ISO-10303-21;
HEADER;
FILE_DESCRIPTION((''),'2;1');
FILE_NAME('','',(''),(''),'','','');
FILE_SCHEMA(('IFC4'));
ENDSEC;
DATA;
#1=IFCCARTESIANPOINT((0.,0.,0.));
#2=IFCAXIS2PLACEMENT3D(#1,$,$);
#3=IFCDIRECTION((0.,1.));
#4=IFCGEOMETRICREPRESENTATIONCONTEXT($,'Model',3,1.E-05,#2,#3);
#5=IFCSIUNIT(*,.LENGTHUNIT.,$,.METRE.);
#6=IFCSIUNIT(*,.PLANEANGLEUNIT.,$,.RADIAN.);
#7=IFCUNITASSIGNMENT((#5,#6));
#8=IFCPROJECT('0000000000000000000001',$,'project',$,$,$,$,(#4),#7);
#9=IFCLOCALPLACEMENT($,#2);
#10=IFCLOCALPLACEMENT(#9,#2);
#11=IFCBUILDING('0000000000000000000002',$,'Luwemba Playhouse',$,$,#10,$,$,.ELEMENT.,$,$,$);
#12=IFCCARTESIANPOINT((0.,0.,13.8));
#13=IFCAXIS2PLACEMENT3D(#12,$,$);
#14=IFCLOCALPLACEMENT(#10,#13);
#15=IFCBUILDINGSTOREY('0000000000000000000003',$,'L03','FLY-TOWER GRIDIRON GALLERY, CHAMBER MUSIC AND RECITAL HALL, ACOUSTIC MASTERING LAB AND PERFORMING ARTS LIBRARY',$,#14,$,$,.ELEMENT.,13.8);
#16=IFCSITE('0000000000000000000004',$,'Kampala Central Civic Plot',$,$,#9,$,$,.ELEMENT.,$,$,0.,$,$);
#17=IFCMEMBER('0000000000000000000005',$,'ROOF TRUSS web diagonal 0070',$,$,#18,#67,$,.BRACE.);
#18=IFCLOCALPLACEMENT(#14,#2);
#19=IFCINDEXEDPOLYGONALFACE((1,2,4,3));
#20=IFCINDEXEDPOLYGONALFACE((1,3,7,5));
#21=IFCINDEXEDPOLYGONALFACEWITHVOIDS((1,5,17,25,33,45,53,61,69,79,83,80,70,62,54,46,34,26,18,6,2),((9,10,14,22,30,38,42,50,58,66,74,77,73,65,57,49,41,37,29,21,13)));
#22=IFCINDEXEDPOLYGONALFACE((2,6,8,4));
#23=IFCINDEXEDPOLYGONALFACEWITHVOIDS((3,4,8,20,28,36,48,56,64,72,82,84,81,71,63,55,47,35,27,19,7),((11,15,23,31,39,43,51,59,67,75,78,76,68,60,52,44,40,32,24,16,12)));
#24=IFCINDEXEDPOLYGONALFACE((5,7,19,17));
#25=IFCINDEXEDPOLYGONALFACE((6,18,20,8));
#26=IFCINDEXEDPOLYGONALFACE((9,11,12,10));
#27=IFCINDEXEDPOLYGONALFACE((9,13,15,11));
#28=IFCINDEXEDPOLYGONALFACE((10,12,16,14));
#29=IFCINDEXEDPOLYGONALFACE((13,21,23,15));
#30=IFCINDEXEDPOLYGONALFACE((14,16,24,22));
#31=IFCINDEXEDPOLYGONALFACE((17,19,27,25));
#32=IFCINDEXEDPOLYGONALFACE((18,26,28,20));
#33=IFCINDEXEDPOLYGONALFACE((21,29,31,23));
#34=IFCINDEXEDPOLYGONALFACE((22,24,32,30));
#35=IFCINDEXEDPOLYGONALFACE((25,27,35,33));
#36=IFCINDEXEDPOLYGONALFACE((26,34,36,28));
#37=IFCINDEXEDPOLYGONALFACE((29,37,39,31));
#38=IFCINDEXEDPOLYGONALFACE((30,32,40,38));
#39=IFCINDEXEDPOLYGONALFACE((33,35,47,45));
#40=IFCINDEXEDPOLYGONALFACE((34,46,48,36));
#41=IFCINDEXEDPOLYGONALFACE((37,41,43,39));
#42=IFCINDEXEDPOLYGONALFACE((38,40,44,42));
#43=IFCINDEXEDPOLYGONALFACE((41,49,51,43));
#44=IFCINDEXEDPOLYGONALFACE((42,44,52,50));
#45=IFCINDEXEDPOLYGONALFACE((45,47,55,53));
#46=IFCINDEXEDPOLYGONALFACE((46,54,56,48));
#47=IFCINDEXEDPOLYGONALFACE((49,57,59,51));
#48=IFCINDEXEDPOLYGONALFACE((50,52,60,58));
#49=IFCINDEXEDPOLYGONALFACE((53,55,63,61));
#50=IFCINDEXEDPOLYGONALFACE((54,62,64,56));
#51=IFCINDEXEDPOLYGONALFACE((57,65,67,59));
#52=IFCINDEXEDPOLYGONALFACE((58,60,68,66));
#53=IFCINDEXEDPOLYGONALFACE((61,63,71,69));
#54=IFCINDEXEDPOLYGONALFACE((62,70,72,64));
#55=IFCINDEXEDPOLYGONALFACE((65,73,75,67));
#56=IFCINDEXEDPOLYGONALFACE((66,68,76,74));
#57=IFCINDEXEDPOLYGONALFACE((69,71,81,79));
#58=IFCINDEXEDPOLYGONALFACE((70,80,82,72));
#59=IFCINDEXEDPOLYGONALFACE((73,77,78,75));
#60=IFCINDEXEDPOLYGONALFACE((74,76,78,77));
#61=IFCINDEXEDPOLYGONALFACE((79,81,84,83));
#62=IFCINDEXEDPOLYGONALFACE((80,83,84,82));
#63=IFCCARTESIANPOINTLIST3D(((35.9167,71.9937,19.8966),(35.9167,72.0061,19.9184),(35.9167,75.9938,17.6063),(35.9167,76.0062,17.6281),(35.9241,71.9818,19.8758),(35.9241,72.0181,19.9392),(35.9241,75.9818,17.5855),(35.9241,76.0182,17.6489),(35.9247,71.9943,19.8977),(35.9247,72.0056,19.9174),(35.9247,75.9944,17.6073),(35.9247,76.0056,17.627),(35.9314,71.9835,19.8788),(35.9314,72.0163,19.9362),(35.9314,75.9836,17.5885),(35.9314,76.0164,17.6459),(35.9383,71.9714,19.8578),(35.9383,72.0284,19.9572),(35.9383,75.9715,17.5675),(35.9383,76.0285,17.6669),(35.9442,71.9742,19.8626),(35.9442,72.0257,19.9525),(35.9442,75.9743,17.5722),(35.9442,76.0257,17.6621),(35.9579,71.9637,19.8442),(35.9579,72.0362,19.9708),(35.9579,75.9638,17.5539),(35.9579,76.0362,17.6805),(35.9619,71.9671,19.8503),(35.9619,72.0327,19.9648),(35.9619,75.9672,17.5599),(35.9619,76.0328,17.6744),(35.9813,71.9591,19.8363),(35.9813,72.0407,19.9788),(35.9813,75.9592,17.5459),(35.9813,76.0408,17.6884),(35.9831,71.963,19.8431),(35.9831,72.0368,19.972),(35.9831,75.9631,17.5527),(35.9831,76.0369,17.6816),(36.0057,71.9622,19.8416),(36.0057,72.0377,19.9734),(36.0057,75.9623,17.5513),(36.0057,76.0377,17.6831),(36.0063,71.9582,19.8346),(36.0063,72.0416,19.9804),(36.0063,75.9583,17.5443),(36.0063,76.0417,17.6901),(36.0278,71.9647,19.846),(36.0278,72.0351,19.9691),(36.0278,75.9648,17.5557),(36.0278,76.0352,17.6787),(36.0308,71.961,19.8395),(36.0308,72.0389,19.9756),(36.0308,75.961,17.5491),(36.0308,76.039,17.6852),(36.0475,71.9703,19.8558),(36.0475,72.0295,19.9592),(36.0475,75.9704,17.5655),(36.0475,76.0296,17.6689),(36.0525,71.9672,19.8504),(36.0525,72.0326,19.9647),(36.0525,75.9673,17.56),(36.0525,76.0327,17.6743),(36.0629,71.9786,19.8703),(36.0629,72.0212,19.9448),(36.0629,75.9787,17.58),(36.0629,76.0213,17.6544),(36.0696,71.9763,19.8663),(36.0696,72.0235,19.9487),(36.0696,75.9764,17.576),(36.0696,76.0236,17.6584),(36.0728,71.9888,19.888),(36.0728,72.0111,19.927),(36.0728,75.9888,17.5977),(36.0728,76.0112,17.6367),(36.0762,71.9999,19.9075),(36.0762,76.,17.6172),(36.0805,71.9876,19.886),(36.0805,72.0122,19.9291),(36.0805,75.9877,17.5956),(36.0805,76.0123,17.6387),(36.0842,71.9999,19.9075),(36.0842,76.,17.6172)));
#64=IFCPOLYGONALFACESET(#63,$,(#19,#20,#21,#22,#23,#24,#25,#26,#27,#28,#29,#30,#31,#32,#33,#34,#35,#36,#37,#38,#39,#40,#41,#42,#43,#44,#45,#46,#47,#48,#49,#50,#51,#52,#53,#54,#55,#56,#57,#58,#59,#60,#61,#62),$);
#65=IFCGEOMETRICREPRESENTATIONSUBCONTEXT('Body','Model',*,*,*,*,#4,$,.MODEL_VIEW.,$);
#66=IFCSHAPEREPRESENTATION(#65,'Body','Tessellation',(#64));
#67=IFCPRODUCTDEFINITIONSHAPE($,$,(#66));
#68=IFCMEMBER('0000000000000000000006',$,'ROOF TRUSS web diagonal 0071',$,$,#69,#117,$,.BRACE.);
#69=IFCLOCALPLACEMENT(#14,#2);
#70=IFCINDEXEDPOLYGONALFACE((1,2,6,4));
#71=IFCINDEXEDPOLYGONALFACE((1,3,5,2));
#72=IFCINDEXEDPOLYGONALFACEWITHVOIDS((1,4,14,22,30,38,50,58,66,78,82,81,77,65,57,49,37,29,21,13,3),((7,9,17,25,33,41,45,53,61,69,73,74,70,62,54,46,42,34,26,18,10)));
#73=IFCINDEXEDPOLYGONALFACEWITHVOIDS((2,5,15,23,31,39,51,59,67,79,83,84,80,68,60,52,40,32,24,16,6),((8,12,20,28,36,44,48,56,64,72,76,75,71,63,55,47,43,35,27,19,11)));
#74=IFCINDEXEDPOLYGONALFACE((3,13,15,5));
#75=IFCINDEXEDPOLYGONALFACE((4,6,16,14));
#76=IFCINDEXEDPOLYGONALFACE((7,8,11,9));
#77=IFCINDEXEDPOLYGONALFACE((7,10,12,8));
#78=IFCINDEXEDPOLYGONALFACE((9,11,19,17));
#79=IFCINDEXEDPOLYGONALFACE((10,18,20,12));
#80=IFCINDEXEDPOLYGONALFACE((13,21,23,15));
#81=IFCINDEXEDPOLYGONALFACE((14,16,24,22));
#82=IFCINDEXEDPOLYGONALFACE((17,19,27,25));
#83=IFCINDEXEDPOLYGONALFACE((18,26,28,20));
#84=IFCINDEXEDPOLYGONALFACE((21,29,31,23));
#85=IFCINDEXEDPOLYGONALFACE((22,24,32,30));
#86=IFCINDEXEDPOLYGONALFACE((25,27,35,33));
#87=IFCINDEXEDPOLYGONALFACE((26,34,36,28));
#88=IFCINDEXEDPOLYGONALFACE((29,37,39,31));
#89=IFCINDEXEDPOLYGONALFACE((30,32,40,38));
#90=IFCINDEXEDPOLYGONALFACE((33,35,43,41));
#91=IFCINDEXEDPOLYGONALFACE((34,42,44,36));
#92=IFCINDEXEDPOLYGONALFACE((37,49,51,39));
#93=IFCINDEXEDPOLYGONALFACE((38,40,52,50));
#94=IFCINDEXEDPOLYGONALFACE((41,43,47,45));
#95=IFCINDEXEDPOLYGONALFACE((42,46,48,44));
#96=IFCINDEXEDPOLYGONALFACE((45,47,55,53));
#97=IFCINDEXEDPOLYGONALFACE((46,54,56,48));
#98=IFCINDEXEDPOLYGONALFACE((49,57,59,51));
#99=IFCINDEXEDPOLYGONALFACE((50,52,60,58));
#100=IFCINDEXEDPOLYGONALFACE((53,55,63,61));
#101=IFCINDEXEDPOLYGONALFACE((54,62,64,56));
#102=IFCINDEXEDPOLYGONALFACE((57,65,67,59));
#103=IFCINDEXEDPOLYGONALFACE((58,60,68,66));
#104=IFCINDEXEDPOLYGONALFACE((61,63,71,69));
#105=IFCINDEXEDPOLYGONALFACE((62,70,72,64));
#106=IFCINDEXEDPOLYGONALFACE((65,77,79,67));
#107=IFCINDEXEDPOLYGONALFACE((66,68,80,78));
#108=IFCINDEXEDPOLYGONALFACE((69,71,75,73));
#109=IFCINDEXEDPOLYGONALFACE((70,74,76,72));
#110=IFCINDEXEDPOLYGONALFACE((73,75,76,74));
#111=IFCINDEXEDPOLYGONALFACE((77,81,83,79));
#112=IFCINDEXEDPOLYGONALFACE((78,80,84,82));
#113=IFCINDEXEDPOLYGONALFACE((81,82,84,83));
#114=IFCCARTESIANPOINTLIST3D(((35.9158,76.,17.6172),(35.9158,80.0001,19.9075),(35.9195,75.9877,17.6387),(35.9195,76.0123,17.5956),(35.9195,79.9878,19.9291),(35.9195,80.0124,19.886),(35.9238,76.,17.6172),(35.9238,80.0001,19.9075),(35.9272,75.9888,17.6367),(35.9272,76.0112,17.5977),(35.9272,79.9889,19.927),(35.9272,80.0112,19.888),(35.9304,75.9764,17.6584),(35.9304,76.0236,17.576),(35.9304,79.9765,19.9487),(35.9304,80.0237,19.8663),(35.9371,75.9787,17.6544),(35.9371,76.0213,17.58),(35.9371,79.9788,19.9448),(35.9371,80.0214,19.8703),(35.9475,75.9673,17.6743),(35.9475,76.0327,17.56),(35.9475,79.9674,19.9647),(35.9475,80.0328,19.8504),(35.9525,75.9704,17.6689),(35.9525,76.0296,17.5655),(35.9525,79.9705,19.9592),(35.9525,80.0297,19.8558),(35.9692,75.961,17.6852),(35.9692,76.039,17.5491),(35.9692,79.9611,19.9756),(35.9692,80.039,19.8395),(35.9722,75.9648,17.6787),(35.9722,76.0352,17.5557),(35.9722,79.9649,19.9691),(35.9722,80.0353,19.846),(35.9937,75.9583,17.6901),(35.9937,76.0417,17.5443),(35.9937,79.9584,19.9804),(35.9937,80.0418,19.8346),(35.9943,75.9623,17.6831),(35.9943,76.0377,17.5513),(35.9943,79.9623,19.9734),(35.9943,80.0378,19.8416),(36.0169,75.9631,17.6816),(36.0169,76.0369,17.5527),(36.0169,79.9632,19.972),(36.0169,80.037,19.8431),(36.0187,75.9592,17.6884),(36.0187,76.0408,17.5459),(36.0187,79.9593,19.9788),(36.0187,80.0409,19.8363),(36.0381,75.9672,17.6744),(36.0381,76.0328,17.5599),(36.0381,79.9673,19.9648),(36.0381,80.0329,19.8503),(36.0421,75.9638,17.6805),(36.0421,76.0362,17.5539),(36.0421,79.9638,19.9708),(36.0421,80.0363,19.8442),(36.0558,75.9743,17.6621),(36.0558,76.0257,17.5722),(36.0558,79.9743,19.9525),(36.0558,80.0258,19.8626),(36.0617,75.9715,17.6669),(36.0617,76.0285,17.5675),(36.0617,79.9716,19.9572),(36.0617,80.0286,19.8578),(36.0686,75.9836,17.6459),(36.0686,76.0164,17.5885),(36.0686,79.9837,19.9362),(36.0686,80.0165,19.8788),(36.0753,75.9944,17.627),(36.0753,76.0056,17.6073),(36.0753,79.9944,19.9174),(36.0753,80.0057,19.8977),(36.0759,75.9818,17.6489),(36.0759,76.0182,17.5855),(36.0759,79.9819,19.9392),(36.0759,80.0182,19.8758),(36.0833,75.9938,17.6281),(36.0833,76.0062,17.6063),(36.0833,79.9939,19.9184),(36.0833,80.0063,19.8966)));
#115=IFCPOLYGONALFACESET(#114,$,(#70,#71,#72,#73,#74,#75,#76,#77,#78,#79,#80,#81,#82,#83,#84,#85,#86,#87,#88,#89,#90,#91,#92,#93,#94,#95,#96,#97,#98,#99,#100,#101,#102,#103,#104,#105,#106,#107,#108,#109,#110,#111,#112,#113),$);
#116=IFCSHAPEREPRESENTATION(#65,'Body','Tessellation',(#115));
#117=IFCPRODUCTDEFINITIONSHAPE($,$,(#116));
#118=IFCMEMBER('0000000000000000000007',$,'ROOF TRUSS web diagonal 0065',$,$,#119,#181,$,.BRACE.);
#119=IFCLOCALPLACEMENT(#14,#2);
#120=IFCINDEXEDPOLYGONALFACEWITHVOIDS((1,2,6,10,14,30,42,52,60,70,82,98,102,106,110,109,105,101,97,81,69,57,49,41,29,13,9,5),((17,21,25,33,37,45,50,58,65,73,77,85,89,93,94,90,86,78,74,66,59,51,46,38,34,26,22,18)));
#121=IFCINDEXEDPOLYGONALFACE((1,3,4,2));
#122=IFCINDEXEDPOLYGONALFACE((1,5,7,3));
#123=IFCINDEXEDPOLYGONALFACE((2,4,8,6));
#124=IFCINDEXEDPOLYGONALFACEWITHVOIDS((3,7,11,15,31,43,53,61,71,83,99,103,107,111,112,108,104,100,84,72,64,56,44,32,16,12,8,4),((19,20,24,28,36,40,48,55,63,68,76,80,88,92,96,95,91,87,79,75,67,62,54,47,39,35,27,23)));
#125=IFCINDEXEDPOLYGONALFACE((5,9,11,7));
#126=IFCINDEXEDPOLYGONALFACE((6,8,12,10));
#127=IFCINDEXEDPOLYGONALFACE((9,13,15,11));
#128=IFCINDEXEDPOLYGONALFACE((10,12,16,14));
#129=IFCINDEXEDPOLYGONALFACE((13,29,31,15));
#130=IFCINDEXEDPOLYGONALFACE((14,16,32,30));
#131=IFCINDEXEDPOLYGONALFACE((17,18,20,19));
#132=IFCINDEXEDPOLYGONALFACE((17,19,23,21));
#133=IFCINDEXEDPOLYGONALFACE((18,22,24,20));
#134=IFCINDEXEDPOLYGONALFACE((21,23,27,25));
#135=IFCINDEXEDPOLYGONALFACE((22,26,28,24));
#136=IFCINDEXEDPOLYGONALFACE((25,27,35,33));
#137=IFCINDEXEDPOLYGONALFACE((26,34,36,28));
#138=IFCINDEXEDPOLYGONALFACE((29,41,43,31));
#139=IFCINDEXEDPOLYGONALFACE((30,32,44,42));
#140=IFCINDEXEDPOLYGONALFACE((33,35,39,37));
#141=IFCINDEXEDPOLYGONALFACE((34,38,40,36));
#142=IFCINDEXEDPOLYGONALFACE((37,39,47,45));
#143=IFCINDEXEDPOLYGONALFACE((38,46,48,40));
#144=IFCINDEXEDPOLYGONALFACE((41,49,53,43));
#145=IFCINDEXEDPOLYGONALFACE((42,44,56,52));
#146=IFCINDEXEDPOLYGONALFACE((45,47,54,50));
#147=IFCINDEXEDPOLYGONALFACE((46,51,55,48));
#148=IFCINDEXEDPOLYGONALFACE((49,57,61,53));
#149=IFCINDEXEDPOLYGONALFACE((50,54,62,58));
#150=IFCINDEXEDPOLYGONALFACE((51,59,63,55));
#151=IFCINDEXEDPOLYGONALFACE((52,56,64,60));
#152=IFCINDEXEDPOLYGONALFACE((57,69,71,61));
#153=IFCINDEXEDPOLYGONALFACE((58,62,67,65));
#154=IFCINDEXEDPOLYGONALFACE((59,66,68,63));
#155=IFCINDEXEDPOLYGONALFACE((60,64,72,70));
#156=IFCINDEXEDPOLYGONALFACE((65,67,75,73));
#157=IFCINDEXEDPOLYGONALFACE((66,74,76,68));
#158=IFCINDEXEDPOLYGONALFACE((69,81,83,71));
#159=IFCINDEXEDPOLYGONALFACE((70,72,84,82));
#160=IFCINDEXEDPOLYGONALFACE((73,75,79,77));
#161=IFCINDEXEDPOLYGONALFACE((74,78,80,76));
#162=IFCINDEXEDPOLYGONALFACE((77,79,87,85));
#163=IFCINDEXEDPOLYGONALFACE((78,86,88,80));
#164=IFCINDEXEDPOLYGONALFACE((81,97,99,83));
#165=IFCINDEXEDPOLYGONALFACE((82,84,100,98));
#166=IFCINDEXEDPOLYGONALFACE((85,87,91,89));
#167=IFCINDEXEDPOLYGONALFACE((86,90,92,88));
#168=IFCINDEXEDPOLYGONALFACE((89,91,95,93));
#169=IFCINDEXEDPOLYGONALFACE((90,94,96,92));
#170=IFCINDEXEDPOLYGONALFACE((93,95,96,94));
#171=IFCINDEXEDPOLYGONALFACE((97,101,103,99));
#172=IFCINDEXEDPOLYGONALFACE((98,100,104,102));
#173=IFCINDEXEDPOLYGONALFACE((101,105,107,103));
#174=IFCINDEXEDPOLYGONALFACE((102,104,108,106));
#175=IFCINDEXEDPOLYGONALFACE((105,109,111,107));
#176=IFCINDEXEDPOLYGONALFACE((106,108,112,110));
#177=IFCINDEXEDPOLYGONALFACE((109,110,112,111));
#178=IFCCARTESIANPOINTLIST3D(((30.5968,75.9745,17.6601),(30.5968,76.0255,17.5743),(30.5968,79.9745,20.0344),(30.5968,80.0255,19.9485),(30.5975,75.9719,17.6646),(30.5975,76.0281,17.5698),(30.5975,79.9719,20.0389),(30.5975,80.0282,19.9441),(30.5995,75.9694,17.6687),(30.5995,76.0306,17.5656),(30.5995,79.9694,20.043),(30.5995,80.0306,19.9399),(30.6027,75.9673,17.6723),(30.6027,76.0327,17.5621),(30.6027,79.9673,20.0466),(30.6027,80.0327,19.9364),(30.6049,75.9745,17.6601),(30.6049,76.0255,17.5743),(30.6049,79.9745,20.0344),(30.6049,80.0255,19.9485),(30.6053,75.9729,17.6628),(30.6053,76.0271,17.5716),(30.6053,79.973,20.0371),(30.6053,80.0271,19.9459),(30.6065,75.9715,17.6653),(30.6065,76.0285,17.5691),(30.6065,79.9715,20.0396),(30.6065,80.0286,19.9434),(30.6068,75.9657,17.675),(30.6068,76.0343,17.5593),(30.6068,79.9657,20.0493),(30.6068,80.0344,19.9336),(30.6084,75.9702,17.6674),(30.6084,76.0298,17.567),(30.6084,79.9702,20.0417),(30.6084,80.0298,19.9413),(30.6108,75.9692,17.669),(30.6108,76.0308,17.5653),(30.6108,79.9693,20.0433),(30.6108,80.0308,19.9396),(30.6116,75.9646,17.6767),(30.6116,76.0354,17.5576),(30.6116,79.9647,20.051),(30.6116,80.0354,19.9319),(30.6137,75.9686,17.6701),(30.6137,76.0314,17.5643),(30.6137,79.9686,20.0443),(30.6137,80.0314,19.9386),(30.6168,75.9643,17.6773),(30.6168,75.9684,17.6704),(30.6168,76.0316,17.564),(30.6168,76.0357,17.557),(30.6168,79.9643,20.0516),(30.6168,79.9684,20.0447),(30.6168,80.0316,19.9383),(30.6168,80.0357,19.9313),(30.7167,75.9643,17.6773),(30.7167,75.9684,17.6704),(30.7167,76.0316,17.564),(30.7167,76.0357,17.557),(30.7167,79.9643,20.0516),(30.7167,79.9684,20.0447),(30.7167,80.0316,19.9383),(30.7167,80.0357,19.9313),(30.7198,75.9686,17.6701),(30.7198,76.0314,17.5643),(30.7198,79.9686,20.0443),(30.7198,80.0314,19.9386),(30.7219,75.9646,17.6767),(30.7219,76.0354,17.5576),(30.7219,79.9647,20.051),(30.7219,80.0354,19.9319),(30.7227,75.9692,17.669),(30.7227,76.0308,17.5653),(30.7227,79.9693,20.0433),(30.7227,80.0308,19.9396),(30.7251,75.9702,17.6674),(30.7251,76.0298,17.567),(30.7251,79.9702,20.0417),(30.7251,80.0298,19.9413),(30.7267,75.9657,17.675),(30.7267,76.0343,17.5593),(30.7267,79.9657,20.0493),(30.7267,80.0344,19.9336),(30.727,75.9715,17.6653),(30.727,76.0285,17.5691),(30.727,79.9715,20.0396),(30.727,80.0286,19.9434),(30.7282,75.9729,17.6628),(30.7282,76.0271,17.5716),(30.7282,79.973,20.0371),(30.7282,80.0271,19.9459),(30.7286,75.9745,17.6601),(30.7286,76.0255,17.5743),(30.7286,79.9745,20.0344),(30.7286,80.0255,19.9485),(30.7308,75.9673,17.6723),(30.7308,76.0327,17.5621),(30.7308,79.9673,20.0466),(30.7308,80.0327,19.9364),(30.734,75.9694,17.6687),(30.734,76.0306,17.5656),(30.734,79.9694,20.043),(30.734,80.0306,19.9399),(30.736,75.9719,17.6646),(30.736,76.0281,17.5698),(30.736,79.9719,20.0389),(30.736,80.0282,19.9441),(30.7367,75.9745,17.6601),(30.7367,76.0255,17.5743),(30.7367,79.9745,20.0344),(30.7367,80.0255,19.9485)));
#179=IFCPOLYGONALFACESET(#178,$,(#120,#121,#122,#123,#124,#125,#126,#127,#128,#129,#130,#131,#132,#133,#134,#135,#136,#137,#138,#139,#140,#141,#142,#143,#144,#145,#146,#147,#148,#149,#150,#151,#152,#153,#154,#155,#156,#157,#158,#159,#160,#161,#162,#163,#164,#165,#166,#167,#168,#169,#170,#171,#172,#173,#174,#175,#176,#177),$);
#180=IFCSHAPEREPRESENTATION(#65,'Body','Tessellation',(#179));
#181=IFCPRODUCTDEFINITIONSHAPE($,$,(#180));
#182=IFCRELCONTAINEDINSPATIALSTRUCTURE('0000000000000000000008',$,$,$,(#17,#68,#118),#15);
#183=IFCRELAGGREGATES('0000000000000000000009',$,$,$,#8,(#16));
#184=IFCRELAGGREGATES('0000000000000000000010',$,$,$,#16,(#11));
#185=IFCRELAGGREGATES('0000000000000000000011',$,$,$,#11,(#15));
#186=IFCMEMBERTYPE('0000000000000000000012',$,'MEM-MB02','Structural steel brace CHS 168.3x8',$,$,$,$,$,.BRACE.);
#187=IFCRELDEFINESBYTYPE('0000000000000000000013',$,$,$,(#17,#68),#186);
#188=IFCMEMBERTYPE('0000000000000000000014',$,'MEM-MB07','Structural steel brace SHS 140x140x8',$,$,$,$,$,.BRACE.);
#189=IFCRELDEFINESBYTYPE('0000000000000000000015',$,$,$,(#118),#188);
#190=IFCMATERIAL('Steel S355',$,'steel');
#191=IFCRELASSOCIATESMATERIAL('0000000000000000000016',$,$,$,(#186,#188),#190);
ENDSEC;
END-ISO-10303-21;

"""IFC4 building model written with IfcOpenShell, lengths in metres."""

from ifc_helpers import new_model, si_unit, direction, frame, origin, origin_2d, place, context, subcontext, project, spatial, hollow_rectangle, hollow_circle, extrude, material, material_profile, profile_set, type_object, element, save


model = new_model("IFC4")

# Units and contexts
model_context = context("Model", 3, precision=1e-05, world=origin(), true_north=direction((0.0, 1.0)))
body_context = subcontext(model_context, "Body", "Model", "MODEL_VIEW")
ifc_project = project(units=[si_unit("LENGTHUNIT", "METRE"), si_unit("PLANEANGLEUNIT", "RADIAN")], contexts=[model_context])

# Site, building, storey
site_placement = place(None, origin())
site = spatial("IfcSite", under=ifc_project, at=site_placement, Name="Kampala Central Civic Plot", CompositionType="ELEMENT", RefElevation=0.0)
building_placement = place(site_placement, origin())
building = spatial("IfcBuilding", under=site, at=building_placement, Name="Luwemba Playhouse", CompositionType="ELEMENT")
storey_placement = place(building_placement, frame((0.0, 0.0, 13.8)))
storey = spatial("IfcBuildingStorey", under=building, at=storey_placement, Name="L03", Description="FLY-TOWER GRIDIRON GALLERY, CHAMBER MUSIC AND RECITAL HALL, ACOUSTIC MASTERING LAB AND PERFORMING ARTS LIBRARY", CompositionType="ELEMENT", Elevation=13.8)

# Shared definitions
ifc_material_1 = material(Name="Steel S355", Category="steel")

# Members
ifc_material_profile_1 = material_profile(ifc_material_1, hollow_circle(Radius=0.0842, WallThickness=0.0081, at=origin_2d()))
ifc_profile_set_1 = profile_set([ifc_material_profile_1], Name="Steel S355")
member_type_1 = type_object("IfcMemberType", Name="MEM-MB02", Description="Structural steel brace CHS 168.3x8", PredefinedType="BRACE", material=ifc_profile_set_1)
for number, where, z_axis, x_axis, name in (
    (1, (36.0, 76.0, 17.6172), (0.0, -0.867816, 0.496886), (1.0, 0.0, 0.0), "ROOF TRUSS web diagonal 0070"),
    (2, (36.0, 76.0, 17.6172), (0.0, 0.867816, 0.496886), (-1.0, 0.0, 0.0), "ROOF TRUSS web diagonal 0071"),
):
    element("IfcMember", number, at=place(storey_placement, frame(where, z_axis=z_axis, x_axis=x_axis)), inside=storey, type_object=member_type_1, Name=name, PredefinedType="BRACE", context=body_context, shape_type="SweptSolid", body=[
        extrude(hollow_circle(Radius=0.0842, WallThickness=0.0081, at=origin_2d()), origin(), (0.0, 0.0, 1.0), 4.6094),
    ])
ifc_material_profile_2 = material_profile(ifc_material_1, hollow_rectangle(XDim=0.1399, YDim=0.1399, WallThickness=0.0081, InnerFilletRadius=0.012, OuterFilletRadius=0.02, at=origin_2d()))
ifc_profile_set_2 = profile_set([ifc_material_profile_2], Name="Steel S355")
member_type_2 = type_object("IfcMemberType", Name="MEM-MB07", Description="Structural steel brace SHS 140x140x8", PredefinedType="BRACE", material=ifc_profile_set_2)
member_1_placement = place(storey_placement, frame((30.6667, 76.0, 17.6172), z_axis=(0.0, 0.859924, 0.510422), x_axis=(-1.0, 0.0, 0.0)))
element("IfcMember", 3, at=member_1_placement, inside=storey, type_object=member_type_2, Name="ROOF TRUSS web diagonal 0065", PredefinedType="BRACE", context=body_context, shape_type="SweptSolid", body=[
    extrude(hollow_rectangle(XDim=0.1399, YDim=0.1399, WallThickness=0.0081, InnerFilletRadius=0.012, OuterFilletRadius=0.02, at=origin_2d()), origin(), (0.0, 0.0, 1.0), 4.6516),
])

save(model, "model.ifc")
